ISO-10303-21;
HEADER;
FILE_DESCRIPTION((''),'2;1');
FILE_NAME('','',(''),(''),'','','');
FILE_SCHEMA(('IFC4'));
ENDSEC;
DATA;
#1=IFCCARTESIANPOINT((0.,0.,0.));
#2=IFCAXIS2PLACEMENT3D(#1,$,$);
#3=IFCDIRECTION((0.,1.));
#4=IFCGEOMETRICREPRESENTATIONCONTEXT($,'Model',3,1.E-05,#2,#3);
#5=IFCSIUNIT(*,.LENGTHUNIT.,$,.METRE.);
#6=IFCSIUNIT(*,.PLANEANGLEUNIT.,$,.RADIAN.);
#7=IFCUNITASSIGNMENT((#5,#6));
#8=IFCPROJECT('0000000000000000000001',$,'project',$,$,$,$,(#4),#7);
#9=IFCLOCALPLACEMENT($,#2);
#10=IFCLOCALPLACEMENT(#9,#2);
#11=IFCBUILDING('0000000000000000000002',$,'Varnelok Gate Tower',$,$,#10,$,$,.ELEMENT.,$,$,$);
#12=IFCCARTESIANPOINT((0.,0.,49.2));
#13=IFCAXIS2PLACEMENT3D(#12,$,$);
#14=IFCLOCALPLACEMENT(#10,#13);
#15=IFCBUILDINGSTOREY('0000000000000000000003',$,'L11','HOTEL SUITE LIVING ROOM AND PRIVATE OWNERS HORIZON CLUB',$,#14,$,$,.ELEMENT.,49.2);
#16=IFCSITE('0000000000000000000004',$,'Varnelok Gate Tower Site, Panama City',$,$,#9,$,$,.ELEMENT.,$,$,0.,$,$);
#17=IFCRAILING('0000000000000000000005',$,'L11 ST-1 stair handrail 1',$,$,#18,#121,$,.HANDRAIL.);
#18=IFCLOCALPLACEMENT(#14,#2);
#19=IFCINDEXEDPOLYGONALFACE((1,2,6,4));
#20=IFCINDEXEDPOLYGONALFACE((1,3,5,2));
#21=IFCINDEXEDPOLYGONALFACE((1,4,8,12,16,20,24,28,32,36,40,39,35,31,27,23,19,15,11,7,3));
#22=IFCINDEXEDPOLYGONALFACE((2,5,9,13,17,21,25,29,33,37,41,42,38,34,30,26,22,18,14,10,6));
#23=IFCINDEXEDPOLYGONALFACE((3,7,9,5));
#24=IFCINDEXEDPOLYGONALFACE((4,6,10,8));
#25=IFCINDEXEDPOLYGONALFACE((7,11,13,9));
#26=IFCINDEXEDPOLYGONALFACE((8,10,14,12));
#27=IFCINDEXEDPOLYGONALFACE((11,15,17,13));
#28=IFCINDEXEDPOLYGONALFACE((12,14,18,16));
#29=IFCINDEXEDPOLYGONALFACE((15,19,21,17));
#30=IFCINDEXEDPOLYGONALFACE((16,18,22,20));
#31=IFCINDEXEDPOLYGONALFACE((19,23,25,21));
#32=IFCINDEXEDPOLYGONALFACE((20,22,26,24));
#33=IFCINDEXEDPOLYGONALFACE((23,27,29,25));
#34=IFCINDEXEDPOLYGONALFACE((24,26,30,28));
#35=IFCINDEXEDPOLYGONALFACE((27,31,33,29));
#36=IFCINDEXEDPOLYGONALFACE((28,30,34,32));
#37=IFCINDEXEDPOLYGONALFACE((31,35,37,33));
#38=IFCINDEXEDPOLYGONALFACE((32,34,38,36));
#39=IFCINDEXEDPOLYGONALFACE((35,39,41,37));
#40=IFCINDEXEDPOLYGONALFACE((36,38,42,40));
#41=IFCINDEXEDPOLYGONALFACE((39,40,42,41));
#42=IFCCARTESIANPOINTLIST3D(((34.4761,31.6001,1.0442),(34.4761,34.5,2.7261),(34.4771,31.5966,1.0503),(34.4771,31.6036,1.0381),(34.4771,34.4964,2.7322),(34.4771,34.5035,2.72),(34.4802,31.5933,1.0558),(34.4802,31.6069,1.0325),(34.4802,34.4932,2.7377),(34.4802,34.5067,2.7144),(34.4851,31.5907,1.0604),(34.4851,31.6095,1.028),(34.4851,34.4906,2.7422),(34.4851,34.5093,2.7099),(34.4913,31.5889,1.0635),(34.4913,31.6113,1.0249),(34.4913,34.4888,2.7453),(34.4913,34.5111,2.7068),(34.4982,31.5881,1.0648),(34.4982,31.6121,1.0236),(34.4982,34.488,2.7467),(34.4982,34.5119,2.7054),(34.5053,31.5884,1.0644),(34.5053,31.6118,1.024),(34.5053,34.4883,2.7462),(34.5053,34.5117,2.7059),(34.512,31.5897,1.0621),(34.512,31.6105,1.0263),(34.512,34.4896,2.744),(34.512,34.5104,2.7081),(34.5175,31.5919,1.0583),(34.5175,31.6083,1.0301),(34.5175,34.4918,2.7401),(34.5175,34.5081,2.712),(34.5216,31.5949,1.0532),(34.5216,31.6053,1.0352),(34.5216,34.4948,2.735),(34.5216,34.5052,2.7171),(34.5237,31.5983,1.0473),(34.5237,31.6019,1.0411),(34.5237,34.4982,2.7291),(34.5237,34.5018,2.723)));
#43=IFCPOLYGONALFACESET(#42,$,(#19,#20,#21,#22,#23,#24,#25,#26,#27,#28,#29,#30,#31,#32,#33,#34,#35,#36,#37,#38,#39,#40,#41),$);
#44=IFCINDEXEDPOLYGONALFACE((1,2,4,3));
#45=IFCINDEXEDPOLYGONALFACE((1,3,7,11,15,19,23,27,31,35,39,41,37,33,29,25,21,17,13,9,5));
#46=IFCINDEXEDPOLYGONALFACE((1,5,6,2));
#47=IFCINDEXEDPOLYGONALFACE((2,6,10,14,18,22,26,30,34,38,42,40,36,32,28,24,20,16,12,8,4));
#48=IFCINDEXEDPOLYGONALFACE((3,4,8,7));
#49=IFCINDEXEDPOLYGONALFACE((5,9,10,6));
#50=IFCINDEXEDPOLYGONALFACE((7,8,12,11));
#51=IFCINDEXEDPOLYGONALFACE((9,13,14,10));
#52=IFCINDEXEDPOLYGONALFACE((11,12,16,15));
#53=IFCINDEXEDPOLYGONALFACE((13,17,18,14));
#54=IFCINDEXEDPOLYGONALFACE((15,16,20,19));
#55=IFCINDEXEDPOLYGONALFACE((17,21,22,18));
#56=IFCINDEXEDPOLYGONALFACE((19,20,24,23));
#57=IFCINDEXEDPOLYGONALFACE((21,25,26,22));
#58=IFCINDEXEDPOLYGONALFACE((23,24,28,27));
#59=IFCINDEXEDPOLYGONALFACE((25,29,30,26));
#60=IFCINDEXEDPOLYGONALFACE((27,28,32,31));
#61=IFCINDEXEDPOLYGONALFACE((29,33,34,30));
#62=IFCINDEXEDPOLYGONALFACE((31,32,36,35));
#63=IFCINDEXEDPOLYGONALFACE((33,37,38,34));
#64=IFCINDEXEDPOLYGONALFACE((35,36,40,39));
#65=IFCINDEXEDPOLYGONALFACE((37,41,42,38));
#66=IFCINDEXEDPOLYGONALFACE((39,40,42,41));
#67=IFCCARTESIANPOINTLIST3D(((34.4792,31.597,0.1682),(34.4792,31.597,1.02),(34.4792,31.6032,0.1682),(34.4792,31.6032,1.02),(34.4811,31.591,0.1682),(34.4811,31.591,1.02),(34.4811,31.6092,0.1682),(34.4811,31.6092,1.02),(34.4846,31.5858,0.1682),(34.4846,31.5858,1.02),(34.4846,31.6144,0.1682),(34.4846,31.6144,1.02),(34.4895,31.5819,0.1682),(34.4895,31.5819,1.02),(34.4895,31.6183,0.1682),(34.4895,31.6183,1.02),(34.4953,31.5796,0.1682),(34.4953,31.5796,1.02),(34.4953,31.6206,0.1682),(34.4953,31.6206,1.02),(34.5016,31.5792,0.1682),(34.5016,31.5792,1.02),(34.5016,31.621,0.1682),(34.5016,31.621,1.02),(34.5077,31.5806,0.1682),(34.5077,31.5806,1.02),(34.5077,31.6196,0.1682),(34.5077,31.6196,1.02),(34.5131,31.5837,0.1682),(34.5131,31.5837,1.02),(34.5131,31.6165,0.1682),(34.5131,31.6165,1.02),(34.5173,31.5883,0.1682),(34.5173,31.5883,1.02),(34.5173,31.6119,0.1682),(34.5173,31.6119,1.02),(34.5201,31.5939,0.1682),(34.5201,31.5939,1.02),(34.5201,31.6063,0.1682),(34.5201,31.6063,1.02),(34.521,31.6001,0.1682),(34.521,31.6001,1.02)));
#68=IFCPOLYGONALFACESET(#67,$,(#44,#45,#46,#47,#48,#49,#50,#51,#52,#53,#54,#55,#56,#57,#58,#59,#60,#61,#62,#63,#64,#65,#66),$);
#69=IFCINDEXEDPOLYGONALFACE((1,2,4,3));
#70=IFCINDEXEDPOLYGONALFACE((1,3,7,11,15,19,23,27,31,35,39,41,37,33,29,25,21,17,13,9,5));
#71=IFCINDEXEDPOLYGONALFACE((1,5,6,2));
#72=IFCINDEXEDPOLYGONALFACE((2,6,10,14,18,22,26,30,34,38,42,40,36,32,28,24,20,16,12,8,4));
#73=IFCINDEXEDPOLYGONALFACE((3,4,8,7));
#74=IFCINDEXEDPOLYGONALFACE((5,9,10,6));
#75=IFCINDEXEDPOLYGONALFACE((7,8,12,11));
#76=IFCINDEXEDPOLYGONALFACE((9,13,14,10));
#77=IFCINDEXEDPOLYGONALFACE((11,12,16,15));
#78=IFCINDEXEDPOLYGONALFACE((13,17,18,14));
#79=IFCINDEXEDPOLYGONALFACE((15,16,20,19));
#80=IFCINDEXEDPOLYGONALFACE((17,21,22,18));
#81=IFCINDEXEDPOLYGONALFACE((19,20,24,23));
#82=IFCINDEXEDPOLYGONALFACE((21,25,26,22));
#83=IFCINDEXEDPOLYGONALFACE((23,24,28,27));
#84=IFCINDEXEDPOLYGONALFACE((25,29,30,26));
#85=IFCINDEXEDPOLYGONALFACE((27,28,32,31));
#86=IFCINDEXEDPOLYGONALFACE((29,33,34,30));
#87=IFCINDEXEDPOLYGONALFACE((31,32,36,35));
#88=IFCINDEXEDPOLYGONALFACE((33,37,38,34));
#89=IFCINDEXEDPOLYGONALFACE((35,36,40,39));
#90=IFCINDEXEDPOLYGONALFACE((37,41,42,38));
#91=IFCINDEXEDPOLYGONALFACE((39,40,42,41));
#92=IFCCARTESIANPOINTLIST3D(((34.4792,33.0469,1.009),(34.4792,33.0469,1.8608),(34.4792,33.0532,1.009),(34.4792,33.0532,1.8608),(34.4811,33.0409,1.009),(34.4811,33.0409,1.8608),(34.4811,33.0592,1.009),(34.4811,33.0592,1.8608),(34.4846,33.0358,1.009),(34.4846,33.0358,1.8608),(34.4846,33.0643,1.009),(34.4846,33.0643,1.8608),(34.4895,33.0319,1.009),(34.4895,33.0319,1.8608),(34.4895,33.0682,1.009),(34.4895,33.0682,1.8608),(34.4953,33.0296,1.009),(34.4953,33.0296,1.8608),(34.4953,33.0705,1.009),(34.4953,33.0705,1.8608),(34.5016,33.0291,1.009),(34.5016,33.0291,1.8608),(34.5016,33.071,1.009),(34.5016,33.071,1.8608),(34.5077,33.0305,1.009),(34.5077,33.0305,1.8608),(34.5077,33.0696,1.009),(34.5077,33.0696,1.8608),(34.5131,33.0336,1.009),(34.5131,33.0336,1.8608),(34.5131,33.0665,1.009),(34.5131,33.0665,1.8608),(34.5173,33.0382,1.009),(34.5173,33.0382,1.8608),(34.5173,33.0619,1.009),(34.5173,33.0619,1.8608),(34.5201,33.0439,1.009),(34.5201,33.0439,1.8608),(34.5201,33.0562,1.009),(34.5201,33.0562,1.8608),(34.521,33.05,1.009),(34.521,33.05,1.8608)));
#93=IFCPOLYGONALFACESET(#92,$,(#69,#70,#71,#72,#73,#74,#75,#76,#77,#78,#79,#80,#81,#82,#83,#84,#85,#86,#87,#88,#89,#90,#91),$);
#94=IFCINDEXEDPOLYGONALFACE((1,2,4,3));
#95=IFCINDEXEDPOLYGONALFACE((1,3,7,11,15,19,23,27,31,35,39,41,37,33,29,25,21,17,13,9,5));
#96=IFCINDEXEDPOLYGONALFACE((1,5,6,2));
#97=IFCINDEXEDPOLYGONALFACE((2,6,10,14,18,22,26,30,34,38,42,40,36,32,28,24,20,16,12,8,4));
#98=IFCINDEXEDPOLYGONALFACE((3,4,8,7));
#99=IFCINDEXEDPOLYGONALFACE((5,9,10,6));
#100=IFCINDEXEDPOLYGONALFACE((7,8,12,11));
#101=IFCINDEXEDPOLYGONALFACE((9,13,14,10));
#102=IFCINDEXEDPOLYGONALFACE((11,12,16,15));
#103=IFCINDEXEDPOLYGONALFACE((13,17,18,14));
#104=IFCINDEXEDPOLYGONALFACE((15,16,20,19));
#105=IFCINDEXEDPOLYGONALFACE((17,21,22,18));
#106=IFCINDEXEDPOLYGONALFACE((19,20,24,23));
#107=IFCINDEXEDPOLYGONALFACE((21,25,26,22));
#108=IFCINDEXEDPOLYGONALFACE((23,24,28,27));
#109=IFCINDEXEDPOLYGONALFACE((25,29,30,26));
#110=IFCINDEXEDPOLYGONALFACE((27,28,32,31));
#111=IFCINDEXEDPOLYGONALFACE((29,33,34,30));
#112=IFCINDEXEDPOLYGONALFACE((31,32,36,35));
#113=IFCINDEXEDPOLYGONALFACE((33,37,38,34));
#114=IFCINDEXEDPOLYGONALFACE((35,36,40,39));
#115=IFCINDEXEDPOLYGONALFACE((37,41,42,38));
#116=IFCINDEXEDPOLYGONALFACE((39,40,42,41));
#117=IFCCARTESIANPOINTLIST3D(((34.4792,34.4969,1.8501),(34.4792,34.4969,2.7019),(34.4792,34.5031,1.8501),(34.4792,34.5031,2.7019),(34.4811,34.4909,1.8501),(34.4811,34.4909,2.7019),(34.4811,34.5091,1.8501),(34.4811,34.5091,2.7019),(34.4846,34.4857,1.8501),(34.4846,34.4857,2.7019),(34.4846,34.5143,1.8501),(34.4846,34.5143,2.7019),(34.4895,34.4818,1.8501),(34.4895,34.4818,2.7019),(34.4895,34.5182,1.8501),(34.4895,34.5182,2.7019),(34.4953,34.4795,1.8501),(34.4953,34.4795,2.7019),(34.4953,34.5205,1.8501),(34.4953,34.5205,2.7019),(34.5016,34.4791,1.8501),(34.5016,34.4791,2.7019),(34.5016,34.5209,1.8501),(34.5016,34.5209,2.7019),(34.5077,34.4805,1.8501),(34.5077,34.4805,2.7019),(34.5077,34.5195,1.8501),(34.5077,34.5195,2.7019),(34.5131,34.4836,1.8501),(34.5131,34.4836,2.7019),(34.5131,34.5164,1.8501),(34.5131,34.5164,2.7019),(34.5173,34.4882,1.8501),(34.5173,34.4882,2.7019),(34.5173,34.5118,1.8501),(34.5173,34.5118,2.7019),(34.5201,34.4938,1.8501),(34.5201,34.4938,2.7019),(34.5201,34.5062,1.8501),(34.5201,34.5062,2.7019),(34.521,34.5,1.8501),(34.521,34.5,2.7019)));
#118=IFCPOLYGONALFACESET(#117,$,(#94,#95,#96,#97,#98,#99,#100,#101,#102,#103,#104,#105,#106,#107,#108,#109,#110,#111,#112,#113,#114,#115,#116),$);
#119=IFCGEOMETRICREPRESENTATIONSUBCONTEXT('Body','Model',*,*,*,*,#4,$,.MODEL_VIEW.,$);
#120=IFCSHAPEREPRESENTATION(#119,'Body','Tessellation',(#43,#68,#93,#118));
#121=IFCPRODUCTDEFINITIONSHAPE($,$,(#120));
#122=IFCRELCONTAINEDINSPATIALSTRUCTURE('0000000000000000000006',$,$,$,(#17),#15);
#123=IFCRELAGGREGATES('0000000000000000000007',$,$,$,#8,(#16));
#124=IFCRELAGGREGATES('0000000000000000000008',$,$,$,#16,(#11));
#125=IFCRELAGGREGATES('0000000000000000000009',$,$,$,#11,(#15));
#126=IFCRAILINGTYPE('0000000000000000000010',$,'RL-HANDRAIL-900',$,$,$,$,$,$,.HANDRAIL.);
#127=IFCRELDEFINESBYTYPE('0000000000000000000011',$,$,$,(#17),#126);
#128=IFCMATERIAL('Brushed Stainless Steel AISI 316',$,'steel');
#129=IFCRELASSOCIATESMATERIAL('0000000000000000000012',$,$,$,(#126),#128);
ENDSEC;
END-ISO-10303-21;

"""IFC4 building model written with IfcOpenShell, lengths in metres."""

from ifc_helpers import new_model, si_unit, direction, frame, origin, origin_2d, place, context, subcontext, project, spatial, circle, extrude, material, type_object, element, save


model = new_model("IFC4")

# Units and contexts
model_context = context("Model", 3, precision=1e-05, world=origin(), true_north=direction((0.0, 1.0)))
body_context = subcontext(model_context, "Body", "Model", "MODEL_VIEW")
ifc_project = project(units=[si_unit("LENGTHUNIT", "METRE"), si_unit("PLANEANGLEUNIT", "RADIAN")], contexts=[model_context])

# Site, building, storey
site_placement = place(None, origin())
site = spatial("IfcSite", under=ifc_project, at=site_placement, Name="Varnelok Gate Tower Site, Panama City", CompositionType="ELEMENT", RefElevation=0.0)
building_placement = place(site_placement, origin())
building = spatial("IfcBuilding", under=site, at=building_placement, Name="Varnelok Gate Tower", CompositionType="ELEMENT")
storey_placement = place(building_placement, frame((0.0, 0.0, 49.2)))
storey = spatial("IfcBuildingStorey", under=building, at=storey_placement, Name="L11", Description="HOTEL SUITE LIVING ROOM AND PRIVATE OWNERS HORIZON CLUB", CompositionType="ELEMENT", Elevation=49.2)

# Railing
ifc_material_1 = material(Name="Brushed Stainless Steel AISI 316", Category="steel")
railing_type_1 = type_object("IfcRailingType", Name="RL-HANDRAIL-900", PredefinedType="HANDRAIL", material=ifc_material_1)
railing_1_placement = place(storey_placement, frame((34.5, 31.6001, 0.1682)))
element("IfcRailing", 1, at=railing_1_placement, inside=storey, type_object=railing_type_1, Name="L11 ST-1 stair handrail 1", PredefinedType="HANDRAIL", context=body_context, shape_type="SweptSolid", body=[
    extrude(circle(Radius=0.0239, at=origin_2d()), frame((0.0, 0.0, 0.876), z_axis=(0.0, 0.865039, 0.501705), x_axis=(-1.0, 0.0, 0.0)), (0.0, 0.0, 1.0), 3.3523),
    extrude(circle(Radius=0.021, at=origin_2d()), origin(), (0.0, 0.0, 1.0), 0.8518),
    extrude(circle(Radius=0.021, at=origin_2d()), frame((0.0, 1.45, 0.8408)), (0.0, 0.0, 1.0), 0.8518),
    extrude(circle(Radius=0.021, at=origin_2d()), frame((0.0, 2.8999, 1.6819)), (0.0, 0.0, 1.0), 0.8518),
])

save(model, "model.ifc")
